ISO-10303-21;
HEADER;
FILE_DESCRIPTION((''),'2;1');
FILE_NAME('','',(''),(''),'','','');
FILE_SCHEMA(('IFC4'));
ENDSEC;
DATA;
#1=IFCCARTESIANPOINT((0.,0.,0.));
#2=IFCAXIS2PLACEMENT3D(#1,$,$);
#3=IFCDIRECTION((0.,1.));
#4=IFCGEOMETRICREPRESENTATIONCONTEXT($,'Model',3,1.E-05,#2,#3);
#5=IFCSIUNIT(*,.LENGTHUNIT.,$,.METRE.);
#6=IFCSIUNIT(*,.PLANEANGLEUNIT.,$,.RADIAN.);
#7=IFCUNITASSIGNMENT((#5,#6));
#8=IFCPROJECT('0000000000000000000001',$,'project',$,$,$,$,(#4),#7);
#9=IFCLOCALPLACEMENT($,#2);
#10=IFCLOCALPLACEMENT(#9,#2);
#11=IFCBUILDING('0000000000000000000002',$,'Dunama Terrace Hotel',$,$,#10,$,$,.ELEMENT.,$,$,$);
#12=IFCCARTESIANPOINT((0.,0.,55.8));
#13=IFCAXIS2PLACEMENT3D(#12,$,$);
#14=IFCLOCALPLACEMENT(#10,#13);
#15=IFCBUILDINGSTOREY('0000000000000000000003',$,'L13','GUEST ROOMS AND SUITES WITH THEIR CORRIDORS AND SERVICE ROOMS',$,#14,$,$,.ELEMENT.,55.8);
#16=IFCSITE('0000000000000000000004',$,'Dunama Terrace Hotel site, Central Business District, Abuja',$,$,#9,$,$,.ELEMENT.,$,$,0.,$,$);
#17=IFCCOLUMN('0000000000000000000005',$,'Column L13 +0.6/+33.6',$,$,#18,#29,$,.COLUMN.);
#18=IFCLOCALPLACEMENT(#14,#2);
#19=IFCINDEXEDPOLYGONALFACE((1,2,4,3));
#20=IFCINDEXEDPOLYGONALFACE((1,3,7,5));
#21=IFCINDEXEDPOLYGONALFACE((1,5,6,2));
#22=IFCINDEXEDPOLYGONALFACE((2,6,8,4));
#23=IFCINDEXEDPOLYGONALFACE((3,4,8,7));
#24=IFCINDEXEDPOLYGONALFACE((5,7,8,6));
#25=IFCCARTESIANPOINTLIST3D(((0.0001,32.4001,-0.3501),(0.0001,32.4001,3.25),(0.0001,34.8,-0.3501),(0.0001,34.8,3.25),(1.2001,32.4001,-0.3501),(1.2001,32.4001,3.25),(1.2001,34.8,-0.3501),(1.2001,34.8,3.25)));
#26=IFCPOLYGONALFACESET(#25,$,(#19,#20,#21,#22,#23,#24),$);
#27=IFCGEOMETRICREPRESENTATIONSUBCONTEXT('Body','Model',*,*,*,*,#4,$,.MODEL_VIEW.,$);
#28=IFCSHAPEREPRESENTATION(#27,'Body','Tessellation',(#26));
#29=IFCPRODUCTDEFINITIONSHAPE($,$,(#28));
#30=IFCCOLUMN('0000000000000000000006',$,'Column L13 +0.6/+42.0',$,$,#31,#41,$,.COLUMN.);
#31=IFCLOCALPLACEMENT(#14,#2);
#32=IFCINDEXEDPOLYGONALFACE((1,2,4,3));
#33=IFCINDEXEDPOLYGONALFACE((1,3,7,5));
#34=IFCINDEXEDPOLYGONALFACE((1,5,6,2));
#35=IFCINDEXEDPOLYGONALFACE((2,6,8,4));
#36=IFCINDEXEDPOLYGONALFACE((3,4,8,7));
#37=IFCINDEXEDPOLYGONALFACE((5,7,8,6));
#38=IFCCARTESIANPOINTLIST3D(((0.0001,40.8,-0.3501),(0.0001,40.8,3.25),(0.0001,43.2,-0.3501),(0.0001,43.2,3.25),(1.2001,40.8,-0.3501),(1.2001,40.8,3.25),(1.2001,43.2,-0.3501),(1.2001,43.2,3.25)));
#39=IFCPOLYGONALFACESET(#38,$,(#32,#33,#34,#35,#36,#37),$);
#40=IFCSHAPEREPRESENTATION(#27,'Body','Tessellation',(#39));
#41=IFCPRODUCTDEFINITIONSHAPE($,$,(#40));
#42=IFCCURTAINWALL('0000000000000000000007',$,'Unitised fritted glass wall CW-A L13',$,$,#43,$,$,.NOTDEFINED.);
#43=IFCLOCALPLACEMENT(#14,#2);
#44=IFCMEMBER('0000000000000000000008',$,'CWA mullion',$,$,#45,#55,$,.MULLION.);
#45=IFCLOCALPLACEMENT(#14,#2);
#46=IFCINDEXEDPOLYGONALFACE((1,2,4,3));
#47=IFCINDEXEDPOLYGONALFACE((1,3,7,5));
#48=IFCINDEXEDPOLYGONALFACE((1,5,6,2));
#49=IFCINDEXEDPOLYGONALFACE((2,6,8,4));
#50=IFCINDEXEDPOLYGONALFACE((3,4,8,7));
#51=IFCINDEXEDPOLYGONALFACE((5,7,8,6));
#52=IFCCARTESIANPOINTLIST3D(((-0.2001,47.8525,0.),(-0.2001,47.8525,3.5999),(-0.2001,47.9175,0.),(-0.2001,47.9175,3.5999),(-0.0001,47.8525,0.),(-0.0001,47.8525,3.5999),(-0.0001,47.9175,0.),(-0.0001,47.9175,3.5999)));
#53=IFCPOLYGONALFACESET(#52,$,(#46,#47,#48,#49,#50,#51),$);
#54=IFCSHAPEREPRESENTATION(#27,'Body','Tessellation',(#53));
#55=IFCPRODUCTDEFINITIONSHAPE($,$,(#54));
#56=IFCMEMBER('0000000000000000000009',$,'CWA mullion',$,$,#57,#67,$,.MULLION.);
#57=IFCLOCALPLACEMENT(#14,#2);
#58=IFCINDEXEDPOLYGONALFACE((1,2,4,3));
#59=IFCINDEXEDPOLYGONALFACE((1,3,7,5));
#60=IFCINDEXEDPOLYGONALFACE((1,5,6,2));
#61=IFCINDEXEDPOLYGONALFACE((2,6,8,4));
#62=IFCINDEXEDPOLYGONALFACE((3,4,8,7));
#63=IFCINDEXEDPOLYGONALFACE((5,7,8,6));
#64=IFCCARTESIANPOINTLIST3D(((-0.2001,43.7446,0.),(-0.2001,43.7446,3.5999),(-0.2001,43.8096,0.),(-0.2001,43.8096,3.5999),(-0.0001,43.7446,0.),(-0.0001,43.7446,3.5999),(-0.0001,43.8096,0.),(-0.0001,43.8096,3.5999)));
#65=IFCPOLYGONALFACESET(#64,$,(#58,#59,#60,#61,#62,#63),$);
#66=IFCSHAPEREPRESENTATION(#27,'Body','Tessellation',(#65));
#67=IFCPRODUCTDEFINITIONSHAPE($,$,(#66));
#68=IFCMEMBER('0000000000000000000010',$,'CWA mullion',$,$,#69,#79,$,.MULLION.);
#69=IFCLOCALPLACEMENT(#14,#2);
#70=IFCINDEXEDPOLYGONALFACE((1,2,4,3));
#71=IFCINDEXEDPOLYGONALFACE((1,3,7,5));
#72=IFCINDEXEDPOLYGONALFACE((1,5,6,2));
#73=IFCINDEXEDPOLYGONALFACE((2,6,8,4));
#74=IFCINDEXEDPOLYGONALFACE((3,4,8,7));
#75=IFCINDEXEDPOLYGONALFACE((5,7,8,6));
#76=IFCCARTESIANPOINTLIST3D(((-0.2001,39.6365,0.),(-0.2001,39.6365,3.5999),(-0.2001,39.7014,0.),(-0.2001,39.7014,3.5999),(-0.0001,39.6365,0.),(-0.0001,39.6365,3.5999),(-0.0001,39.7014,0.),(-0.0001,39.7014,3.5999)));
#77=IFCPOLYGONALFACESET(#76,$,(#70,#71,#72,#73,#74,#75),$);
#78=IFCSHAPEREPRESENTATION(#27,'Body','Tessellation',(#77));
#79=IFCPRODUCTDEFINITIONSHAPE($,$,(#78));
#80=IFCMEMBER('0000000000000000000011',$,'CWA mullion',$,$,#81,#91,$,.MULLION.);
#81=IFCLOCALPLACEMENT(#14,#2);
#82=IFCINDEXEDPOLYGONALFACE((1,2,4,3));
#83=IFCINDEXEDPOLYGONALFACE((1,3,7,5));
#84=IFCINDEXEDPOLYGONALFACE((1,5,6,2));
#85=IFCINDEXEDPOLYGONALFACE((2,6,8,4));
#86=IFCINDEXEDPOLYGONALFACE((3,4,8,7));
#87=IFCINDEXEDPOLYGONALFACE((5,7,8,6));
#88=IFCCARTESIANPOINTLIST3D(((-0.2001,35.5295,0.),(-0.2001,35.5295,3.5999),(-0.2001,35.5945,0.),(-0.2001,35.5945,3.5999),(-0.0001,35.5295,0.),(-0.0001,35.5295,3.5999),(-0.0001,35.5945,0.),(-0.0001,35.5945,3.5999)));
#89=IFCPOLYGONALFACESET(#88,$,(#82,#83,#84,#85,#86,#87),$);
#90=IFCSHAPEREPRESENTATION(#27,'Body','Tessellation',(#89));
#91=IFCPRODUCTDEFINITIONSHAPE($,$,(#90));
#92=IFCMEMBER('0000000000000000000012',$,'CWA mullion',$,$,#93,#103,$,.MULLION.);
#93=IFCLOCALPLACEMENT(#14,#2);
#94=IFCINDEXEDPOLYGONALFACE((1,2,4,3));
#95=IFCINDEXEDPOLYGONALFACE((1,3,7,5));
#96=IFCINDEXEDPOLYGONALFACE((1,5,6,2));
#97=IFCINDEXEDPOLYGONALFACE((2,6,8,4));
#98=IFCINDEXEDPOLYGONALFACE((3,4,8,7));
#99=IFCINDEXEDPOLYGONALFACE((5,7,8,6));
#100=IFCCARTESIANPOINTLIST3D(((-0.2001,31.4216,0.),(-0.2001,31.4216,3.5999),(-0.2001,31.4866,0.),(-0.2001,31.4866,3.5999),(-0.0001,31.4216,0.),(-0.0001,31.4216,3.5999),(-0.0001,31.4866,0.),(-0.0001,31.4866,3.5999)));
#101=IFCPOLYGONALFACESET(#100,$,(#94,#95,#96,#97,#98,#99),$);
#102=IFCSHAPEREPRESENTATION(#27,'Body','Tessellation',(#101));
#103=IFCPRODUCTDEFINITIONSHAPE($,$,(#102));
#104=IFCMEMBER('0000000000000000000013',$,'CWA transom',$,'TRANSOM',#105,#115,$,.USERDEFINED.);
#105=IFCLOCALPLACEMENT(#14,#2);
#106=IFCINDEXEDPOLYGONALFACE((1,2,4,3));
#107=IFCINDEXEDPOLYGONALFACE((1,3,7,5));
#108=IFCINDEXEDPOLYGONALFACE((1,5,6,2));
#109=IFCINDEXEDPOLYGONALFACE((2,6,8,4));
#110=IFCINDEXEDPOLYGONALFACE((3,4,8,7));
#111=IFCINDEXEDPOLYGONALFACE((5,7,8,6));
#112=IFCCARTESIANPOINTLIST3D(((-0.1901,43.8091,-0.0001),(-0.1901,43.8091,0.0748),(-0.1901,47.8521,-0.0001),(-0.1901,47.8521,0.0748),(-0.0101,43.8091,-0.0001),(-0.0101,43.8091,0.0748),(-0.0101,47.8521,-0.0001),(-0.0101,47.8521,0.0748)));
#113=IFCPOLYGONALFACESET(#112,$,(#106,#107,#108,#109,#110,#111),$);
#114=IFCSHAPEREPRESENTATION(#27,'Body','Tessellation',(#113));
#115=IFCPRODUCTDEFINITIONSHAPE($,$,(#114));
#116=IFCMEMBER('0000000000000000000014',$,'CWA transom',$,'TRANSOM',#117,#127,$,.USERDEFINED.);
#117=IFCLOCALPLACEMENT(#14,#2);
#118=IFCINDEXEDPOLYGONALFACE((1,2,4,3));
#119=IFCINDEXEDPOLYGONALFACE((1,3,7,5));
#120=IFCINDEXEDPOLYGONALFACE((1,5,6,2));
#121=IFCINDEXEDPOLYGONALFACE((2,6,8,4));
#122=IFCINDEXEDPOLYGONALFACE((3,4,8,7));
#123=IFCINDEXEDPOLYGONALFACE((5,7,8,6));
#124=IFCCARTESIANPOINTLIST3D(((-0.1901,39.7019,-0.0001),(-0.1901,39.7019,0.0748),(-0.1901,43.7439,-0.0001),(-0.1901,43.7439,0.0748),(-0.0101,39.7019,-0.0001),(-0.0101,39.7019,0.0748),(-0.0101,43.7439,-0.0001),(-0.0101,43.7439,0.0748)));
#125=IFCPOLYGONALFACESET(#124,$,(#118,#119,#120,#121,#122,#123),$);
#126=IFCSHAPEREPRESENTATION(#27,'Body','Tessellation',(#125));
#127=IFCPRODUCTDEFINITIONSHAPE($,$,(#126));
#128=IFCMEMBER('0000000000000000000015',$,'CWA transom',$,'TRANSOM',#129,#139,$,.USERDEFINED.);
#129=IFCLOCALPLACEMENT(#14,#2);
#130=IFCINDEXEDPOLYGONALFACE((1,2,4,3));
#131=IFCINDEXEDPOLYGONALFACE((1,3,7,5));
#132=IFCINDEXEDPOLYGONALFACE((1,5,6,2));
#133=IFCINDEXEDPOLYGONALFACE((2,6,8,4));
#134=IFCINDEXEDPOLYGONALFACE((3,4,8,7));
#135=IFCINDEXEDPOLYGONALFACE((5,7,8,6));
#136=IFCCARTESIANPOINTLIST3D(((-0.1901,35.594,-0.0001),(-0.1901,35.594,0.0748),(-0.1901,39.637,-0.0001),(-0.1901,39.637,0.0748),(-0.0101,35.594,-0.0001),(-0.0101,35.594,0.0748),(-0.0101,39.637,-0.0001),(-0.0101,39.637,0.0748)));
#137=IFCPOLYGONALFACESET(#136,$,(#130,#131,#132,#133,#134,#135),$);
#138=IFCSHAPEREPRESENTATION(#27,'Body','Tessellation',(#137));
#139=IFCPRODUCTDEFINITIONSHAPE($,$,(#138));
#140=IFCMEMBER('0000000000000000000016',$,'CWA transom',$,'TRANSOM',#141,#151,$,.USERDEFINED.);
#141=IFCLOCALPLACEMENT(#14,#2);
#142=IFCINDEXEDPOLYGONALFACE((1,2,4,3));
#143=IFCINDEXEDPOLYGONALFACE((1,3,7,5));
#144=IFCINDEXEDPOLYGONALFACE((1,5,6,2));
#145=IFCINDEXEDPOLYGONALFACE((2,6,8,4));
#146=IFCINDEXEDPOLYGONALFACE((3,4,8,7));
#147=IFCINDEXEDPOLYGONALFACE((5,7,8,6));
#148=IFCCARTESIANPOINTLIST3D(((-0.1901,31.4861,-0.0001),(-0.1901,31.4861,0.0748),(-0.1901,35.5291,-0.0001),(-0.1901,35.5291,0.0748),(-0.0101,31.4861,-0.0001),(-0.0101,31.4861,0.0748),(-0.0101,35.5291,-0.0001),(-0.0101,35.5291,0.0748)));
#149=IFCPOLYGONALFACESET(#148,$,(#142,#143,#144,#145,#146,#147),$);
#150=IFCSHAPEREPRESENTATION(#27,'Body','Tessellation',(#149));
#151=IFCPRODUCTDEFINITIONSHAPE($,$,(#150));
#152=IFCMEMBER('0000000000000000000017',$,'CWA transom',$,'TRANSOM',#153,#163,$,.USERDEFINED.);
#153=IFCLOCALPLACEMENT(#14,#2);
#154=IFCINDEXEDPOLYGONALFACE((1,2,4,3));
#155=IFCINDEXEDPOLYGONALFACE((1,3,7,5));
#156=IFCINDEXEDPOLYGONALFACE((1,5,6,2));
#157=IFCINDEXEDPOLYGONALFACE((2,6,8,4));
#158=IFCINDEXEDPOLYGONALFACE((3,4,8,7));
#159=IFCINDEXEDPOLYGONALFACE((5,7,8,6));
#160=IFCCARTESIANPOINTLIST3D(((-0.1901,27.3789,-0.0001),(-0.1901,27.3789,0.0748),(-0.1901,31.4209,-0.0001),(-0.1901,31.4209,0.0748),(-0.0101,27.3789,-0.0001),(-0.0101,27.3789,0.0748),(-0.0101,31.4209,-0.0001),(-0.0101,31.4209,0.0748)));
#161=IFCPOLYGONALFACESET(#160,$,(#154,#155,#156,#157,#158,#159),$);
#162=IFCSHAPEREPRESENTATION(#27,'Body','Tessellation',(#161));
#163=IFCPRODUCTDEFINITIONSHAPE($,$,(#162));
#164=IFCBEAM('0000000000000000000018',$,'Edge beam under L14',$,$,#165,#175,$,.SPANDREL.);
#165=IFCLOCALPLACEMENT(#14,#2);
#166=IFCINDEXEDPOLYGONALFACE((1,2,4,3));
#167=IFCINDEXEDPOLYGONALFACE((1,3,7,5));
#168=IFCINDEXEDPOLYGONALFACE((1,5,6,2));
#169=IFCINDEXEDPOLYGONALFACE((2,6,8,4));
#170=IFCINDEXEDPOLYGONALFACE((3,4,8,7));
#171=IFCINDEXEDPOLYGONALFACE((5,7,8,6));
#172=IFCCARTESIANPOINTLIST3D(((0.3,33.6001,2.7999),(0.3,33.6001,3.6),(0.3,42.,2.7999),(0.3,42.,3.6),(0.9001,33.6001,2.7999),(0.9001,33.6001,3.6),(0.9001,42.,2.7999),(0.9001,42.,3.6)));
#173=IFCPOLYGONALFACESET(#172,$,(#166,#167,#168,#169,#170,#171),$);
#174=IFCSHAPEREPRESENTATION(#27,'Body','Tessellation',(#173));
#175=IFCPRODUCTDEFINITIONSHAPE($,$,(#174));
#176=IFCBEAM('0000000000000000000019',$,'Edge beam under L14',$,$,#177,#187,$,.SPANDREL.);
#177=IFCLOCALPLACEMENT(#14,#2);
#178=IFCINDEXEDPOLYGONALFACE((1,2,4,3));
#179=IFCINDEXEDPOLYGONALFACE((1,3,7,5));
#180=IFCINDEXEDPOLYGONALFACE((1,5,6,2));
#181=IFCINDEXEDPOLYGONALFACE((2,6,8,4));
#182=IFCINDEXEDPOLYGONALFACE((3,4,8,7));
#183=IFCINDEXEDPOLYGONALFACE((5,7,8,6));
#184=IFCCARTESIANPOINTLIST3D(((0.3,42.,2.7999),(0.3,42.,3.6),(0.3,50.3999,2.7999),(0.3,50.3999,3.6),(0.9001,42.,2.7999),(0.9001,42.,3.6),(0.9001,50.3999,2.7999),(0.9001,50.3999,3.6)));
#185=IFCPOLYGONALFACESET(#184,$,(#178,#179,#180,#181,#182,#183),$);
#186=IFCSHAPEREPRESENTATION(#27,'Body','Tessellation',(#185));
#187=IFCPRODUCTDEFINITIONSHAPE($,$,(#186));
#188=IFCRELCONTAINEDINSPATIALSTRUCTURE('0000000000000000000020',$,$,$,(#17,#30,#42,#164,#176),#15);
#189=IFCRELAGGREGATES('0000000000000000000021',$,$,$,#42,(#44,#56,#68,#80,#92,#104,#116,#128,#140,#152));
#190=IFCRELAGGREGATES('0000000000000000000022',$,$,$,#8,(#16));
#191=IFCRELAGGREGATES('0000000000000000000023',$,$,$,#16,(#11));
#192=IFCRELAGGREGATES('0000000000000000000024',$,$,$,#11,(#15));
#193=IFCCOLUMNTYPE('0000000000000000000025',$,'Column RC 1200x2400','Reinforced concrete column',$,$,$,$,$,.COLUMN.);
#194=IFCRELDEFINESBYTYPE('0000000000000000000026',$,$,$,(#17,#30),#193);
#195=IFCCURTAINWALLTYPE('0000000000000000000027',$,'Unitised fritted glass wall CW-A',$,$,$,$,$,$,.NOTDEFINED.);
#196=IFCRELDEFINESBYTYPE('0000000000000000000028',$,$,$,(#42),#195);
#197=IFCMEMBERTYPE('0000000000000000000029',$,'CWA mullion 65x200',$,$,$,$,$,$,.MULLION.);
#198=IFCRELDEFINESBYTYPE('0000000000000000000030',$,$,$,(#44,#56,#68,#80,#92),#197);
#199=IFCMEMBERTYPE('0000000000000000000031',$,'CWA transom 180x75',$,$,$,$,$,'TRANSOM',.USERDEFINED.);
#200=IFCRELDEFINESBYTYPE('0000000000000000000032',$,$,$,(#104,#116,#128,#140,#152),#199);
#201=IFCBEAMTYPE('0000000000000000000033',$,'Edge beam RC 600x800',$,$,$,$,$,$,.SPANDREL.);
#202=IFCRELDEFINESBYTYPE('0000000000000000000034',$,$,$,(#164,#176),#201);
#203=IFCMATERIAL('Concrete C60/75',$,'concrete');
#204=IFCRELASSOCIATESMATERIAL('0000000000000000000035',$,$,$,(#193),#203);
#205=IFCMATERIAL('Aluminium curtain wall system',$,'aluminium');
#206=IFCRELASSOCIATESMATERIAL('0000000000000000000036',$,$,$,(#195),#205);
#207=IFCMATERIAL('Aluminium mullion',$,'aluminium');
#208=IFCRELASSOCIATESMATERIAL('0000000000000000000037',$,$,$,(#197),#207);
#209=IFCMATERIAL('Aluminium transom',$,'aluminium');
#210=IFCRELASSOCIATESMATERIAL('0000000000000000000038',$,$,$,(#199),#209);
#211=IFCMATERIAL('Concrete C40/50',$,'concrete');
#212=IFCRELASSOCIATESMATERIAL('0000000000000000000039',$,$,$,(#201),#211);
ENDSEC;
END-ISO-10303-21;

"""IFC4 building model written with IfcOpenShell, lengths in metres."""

from ifc_helpers import new_model, si_unit, direction, frame, origin, origin_2d, place, context, subcontext, project, spatial, rectangle, extrude, material, material_profile, profile_set, type_object, element, aggregate, save


model = new_model("IFC4")

# Units and contexts
model_context = context("Model", 3, precision=1e-05, world=origin(), true_north=direction((0.0, 1.0)))
body_context = subcontext(model_context, "Body", "Model", "MODEL_VIEW")
ifc_project = project(units=[si_unit("LENGTHUNIT", "METRE"), si_unit("PLANEANGLEUNIT", "RADIAN")], contexts=[model_context])

# Site, building, storey
site_placement = place(None, origin())
site = spatial("IfcSite", under=ifc_project, at=site_placement, Name="Dunama Terrace Hotel site, Central Business District, Abuja", CompositionType="ELEMENT", RefElevation=0.0)
building_placement = place(site_placement, origin())
building = spatial("IfcBuilding", under=site, at=building_placement, Name="Dunama Terrace Hotel", CompositionType="ELEMENT")
storey_placement = place(building_placement, frame((0.0, 0.0, 55.8)))
storey = spatial("IfcBuildingStorey", under=building, at=storey_placement, Name="L13", Description="GUEST ROOMS AND SUITES WITH THEIR CORRIDORS AND SERVICE ROOMS", CompositionType="ELEMENT", Elevation=55.8)

# Columns
ifc_material_1 = material(Name="Concrete C60/75", Category="concrete")
ifc_material_profile_1 = material_profile(ifc_material_1, rectangle(XDim=1.2, YDim=2.3999, at=origin_2d()), Name="RC 1200x2400")
ifc_profile_set_1 = profile_set([ifc_material_profile_1], Name="Concrete C60/75")
column_type = type_object("IfcColumnType", Name="Column RC 1200x2400", Description="Reinforced concrete column", PredefinedType="COLUMN", material=ifc_profile_set_1)
for number, where, z_axis, x_axis, name in (
    (1, (0.6001, 33.6001, -0.3501), (0.0, 0.0, 1.0), (1.0, 0.0, 0.0), "Column L13 +0.6/+33.6"),
    (2, (0.6001, 42.0, -0.3501), (0.0, 0.0, 1.0), (1.0, 0.0, 0.0), "Column L13 +0.6/+42.0"),
):
    element("IfcColumn", number, at=place(storey_placement, frame(where, z_axis=z_axis, x_axis=x_axis)), inside=storey, type_object=column_type, Name=name, PredefinedType="COLUMN", context=body_context, shape_type="SweptSolid", body=[
        extrude(rectangle(XDim=1.2, YDim=2.3999, at=origin_2d()), origin(), (0.0, 0.0, 1.0), 3.6001),
    ])

# Curtain wall, members
ifc_material_2 = material(Name="Aluminium curtain wall system", Category="aluminium")
curtain_wall_type = type_object("IfcCurtainWallType", Name="Unitised fritted glass wall CW-A", PredefinedType="NOTDEFINED", material=ifc_material_2)
curtain_wall_placement = place(storey_placement, origin())
curtain_wall = element("IfcCurtainWall", 3, at=curtain_wall_placement, inside=storey, type_object=curtain_wall_type, Name="Unitised fritted glass wall CW-A L13", PredefinedType="NOTDEFINED")
ifc_material_3 = material(Name="Aluminium mullion", Category="aluminium")
ifc_material_profile_2 = material_profile(ifc_material_3, rectangle(XDim=0.0649, YDim=0.2, at=origin_2d()), Name="CWA MULLION 65X200")
ifc_profile_set_2 = profile_set([ifc_material_profile_2], Name="Aluminium mullion")
member_type_1 = type_object("IfcMemberType", Name="CWA mullion 65x200", PredefinedType="MULLION", material=ifc_profile_set_2)
member_1_placement = place(storey_placement, frame((-0.1001, 47.885, 0.0), z_axis=(0.0, 0.0, 1.0), x_axis=(0.0, -1.0, 0.0)))
member_1 = element("IfcMember", 4, at=member_1_placement, type_object=member_type_1, Name="CWA mullion", PredefinedType="MULLION", context=body_context, shape_type="SweptSolid", body=[
    extrude(rectangle(XDim=0.0649, YDim=0.2, at=origin_2d()), origin(), (0.0, 0.0, 1.0), 3.5999),
])
member_2_placement = place(storey_placement, frame((-0.1001, 43.7771, 0.0), z_axis=(0.0, 0.0, 1.0), x_axis=(0.0, -1.0, 0.0)))
member_2 = element("IfcMember", 5, at=member_2_placement, type_object=member_type_1, Name="CWA mullion", PredefinedType="MULLION", context=body_context, shape_type="SweptSolid", body=[
    extrude(rectangle(XDim=0.0649, YDim=0.2, at=origin_2d()), origin(), (0.0, 0.0, 1.0), 3.5999),
])
member_3_placement = place(storey_placement, frame((-0.1001, 39.6689, 0.0), z_axis=(0.0, 0.0, 1.0), x_axis=(0.0, -1.0, 0.0)))
member_3 = element("IfcMember", 6, at=member_3_placement, type_object=member_type_1, Name="CWA mullion", PredefinedType="MULLION", context=body_context, shape_type="SweptSolid", body=[
    extrude(rectangle(XDim=0.0649, YDim=0.2, at=origin_2d()), origin(), (0.0, 0.0, 1.0), 3.5999),
])
member_4_placement = place(storey_placement, frame((-0.1001, 35.562, 0.0), z_axis=(0.0, 0.0, 1.0), x_axis=(0.0, -1.0, 0.0)))
member_4 = element("IfcMember", 7, at=member_4_placement, type_object=member_type_1, Name="CWA mullion", PredefinedType="MULLION", context=body_context, shape_type="SweptSolid", body=[
    extrude(rectangle(XDim=0.0649, YDim=0.2, at=origin_2d()), origin(), (0.0, 0.0, 1.0), 3.5999),
])
member_5_placement = place(storey_placement, frame((-0.1001, 31.4541, 0.0), z_axis=(0.0, 0.0, 1.0), x_axis=(0.0, -1.0, 0.0)))
member_5 = element("IfcMember", 8, at=member_5_placement, type_object=member_type_1, Name="CWA mullion", PredefinedType="MULLION", context=body_context, shape_type="SweptSolid", body=[
    extrude(rectangle(XDim=0.0649, YDim=0.2, at=origin_2d()), origin(), (0.0, 0.0, 1.0), 3.5999),
])
ifc_material_4 = material(Name="Aluminium transom", Category="aluminium")
ifc_material_profile_3 = material_profile(ifc_material_4, rectangle(XDim=0.1799, YDim=0.075, at=origin_2d()), Name="CWA TRANSOM 180X75")
ifc_profile_set_3 = profile_set([ifc_material_profile_3], Name="Aluminium transom")
member_type_2 = type_object("IfcMemberType", Name="CWA transom 180x75", ElementType="TRANSOM", PredefinedType="USERDEFINED", material=ifc_profile_set_3)
member_6_placement = place(storey_placement, frame((-0.1001, 47.8521, 0.0374), z_axis=(0.0, -1.0, 0.0), x_axis=(1.0, 0.0, 0.0)))
member_6 = element("IfcMember", 9, at=member_6_placement, type_object=member_type_2, Name="CWA transom", ObjectType="TRANSOM", PredefinedType="USERDEFINED", context=body_context, shape_type="SweptSolid", body=[
    extrude(rectangle(XDim=0.1799, YDim=0.075, at=origin_2d()), origin(), (0.0, 0.0, 1.0), 4.043),
])
member_7_placement = place(storey_placement, frame((-0.1001, 43.7439, 0.0374), z_axis=(0.0, -1.0, 0.0), x_axis=(1.0, 0.0, 0.0)))
member_7 = element("IfcMember", 10, at=member_7_placement, type_object=member_type_2, Name="CWA transom", ObjectType="TRANSOM", PredefinedType="USERDEFINED", context=body_context, shape_type="SweptSolid", body=[
    extrude(rectangle(XDim=0.1799, YDim=0.075, at=origin_2d()), origin(), (0.0, 0.0, 1.0), 4.042),
])
member_8_placement = place(storey_placement, frame((-0.1001, 39.637, 0.0374), z_axis=(0.0, -1.0, 0.0), x_axis=(1.0, 0.0, 0.0)))
member_8 = element("IfcMember", 11, at=member_8_placement, type_object=member_type_2, Name="CWA transom", ObjectType="TRANSOM", PredefinedType="USERDEFINED", context=body_context, shape_type="SweptSolid", body=[
    extrude(rectangle(XDim=0.1799, YDim=0.075, at=origin_2d()), origin(), (0.0, 0.0, 1.0), 4.043),
])
member_9_placement = place(storey_placement, frame((-0.1001, 35.5291, 0.0374), z_axis=(0.0, -1.0, 0.0), x_axis=(1.0, 0.0, 0.0)))
member_9 = element("IfcMember", 12, at=member_9_placement, type_object=member_type_2, Name="CWA transom", ObjectType="TRANSOM", PredefinedType="USERDEFINED", context=body_context, shape_type="SweptSolid", body=[
    extrude(rectangle(XDim=0.1799, YDim=0.075, at=origin_2d()), origin(), (0.0, 0.0, 1.0), 4.043),
])
member_10_placement = place(storey_placement, frame((-0.1001, 31.4209, 0.0374), z_axis=(0.0, -1.0, 0.0), x_axis=(1.0, 0.0, 0.0)))
member_10 = element("IfcMember", 13, at=member_10_placement, type_object=member_type_2, Name="CWA transom", ObjectType="TRANSOM", PredefinedType="USERDEFINED", context=body_context, shape_type="SweptSolid", body=[
    extrude(rectangle(XDim=0.1799, YDim=0.075, at=origin_2d()), origin(), (0.0, 0.0, 1.0), 4.042),
])

# Beams
ifc_material_5 = material(Name="Concrete C40/50", Category="concrete")
ifc_material_profile_4 = material_profile(ifc_material_5, rectangle(XDim=0.6001, YDim=0.8, at=origin_2d()), Name="RC 600x800")
ifc_profile_set_4 = profile_set([ifc_material_profile_4], Name="Concrete C40/50")
beam_type = type_object("IfcBeamType", Name="Edge beam RC 600x800", PredefinedType="SPANDREL", material=ifc_profile_set_4)
for number, where, z_axis, x_axis, name in (
    (14, (0.6001, 33.6001, 3.2), (0.0, 1.0, 0.0), (-1.0, 0.0, 0.0), "Edge beam under L14"),
    (15, (0.6001, 42.0, 3.2), (0.0, 1.0, 0.0), (-1.0, 0.0, 0.0), "Edge beam under L14"),
):
    element("IfcBeam", number, at=place(storey_placement, frame(where, z_axis=z_axis, x_axis=x_axis)), inside=storey, type_object=beam_type, Name=name, PredefinedType="SPANDREL", context=body_context, shape_type="SweptSolid", body=[
        extrude(rectangle(XDim=0.6001, YDim=0.8, at=origin_2d()), origin(), (0.0, 0.0, 1.0), 8.3999),
    ])

aggregate(curtain_wall, [member_1, member_2, member_3, member_4, member_5, member_6, member_7, member_8, member_9, member_10])

save(model, "model.ifc")
